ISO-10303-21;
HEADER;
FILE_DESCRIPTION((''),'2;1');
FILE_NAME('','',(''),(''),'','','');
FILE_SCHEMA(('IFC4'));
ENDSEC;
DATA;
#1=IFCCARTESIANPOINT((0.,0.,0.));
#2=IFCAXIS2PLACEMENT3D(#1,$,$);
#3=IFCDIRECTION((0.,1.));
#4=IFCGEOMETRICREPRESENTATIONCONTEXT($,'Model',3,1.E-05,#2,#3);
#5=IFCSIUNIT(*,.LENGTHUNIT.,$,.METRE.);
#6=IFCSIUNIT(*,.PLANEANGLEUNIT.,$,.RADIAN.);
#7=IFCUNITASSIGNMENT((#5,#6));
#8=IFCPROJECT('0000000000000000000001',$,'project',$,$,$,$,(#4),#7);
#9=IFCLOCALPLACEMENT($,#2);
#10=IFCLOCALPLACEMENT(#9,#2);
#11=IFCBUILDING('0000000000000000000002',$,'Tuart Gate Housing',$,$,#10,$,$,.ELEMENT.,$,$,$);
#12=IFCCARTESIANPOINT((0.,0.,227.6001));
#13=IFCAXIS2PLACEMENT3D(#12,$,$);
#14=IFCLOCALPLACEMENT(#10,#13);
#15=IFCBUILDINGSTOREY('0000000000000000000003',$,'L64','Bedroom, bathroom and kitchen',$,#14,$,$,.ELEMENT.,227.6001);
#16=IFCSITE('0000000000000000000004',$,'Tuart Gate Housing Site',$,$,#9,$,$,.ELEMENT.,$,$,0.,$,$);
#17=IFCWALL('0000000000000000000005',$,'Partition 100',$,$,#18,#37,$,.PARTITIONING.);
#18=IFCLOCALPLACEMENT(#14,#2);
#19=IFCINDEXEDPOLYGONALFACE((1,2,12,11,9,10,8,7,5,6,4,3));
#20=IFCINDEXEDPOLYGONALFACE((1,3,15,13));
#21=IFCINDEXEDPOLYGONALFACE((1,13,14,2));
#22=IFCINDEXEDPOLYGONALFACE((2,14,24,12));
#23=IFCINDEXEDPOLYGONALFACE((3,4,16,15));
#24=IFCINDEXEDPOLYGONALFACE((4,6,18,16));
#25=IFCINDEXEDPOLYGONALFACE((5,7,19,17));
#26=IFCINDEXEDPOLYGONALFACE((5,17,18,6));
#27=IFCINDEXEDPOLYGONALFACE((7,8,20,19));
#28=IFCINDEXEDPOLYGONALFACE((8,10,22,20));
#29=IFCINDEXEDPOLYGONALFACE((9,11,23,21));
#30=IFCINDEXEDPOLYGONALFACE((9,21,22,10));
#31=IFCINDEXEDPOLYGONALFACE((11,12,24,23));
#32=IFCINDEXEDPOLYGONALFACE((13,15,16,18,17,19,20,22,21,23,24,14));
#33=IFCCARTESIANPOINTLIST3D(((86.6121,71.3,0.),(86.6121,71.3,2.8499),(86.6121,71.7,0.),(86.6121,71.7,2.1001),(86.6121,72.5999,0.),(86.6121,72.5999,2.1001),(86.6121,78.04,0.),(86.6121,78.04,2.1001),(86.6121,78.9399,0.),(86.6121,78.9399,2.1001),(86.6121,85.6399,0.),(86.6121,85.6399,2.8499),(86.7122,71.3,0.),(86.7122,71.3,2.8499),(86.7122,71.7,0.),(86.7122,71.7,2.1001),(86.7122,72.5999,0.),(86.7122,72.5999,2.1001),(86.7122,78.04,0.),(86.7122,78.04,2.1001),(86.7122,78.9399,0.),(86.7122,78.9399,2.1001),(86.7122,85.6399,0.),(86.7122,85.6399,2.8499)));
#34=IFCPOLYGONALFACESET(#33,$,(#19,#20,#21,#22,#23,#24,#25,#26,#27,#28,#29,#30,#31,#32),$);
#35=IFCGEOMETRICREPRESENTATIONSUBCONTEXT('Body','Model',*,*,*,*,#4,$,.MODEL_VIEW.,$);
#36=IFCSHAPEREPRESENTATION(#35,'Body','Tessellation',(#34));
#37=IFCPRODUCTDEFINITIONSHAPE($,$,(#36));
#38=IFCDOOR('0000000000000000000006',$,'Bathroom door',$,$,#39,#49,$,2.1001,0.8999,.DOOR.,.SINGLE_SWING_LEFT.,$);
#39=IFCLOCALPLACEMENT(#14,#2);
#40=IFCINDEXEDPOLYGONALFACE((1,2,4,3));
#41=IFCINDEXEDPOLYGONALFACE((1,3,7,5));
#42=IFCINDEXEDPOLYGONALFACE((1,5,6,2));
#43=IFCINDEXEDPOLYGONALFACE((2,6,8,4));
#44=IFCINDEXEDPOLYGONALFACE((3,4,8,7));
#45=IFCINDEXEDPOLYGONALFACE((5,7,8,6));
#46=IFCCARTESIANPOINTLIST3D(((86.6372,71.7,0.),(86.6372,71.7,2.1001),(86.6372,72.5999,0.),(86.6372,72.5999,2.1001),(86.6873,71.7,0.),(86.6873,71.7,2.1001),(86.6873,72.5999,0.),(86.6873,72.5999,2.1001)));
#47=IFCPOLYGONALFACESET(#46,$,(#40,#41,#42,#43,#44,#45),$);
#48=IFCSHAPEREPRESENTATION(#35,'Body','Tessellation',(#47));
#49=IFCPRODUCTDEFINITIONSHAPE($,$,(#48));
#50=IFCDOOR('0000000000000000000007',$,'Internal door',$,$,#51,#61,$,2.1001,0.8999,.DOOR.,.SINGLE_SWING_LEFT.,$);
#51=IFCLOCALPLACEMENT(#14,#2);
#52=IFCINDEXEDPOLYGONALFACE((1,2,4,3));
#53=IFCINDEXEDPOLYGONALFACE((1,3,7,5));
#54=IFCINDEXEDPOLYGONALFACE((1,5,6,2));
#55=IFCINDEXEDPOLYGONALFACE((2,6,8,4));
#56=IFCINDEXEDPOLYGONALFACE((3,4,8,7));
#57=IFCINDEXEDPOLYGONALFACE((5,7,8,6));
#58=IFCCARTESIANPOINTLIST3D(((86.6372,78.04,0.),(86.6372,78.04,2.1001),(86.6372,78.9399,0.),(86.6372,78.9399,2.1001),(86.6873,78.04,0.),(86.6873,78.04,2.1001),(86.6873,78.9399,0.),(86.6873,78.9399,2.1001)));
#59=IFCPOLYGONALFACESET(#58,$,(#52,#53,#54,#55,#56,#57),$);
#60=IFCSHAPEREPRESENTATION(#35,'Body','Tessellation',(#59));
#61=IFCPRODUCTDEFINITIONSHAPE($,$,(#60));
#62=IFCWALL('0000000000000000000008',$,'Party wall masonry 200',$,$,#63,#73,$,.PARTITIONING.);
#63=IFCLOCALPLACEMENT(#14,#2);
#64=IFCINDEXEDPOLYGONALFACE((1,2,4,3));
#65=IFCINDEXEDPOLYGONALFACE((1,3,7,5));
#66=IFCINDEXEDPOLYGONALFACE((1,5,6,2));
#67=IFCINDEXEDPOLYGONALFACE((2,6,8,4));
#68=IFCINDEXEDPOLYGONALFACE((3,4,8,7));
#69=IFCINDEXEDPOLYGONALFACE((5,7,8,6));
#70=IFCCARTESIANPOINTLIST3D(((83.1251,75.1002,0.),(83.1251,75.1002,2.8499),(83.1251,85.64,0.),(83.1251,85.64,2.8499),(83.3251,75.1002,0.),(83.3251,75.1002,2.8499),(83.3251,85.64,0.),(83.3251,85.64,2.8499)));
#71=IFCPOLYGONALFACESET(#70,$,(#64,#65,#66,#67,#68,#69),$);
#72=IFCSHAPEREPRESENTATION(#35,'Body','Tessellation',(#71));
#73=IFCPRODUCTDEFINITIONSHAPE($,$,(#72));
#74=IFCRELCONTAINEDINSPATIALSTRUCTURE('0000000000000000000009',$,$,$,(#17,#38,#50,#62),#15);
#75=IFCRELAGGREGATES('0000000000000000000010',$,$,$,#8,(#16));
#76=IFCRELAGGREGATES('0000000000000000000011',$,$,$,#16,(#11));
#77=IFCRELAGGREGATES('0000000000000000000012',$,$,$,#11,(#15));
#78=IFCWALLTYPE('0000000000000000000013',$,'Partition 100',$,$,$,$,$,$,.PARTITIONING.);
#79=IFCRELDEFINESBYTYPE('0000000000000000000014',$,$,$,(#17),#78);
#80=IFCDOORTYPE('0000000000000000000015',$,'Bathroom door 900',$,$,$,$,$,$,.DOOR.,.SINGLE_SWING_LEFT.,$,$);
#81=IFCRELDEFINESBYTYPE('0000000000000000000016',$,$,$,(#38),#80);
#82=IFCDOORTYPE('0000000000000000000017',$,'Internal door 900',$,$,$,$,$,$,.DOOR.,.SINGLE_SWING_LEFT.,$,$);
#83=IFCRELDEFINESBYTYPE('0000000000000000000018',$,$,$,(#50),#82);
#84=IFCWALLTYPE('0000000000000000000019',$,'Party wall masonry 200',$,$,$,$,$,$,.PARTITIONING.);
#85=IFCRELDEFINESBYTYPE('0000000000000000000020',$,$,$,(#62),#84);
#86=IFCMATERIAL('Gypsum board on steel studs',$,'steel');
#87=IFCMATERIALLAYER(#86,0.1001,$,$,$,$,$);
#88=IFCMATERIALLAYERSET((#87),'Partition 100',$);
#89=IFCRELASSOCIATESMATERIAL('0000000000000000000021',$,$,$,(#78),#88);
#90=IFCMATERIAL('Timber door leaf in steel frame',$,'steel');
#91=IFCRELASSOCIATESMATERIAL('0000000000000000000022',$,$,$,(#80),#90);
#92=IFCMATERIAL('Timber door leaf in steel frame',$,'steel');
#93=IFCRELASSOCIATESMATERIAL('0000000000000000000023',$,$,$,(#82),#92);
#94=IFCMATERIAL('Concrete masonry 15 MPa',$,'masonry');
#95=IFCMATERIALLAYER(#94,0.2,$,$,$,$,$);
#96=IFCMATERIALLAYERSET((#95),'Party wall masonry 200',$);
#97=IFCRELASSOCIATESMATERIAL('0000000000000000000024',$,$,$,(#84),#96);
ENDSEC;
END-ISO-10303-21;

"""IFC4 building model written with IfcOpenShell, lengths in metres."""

from ifc_helpers import new_model, si_unit, direction, frame, frame_2d, origin, place, context, subcontext, project, spatial, rectangle, extrude, material, layer, layer_set, type_object, element, fill, save


model = new_model("IFC4")

# Units and contexts
model_context = context("Model", 3, precision=1e-05, world=origin(), true_north=direction((0.0, 1.0)))
body_context = subcontext(model_context, "Body", "Model", "MODEL_VIEW")
ifc_project = project(units=[si_unit("LENGTHUNIT", "METRE"), si_unit("PLANEANGLEUNIT", "RADIAN")], contexts=[model_context])

# Site, building, storey
site_placement = place(None, origin())
site = spatial("IfcSite", under=ifc_project, at=site_placement, Name="Tuart Gate Housing Site", CompositionType="ELEMENT", RefElevation=0.0)
building_placement = place(site_placement, origin())
building = spatial("IfcBuilding", under=site, at=building_placement, Name="Tuart Gate Housing", CompositionType="ELEMENT")
storey_placement = place(building_placement, frame((0.0, 0.0, 227.6001)))
storey = spatial("IfcBuildingStorey", under=building, at=storey_placement, Name="L64", Description="Bedroom, bathroom and kitchen", CompositionType="ELEMENT", Elevation=227.6001)

# Shared definitions
ifc_material_1 = material(Name="Gypsum board on steel studs", Category="steel")
ifc_layer_1 = layer(ifc_material_1, 0.1001)
ifc_layer_set_1 = layer_set([ifc_layer_1], Name="Partition 100")
wall_type_1 = type_object("IfcWallType", Name="Partition 100", PredefinedType="PARTITIONING", material=ifc_layer_set_1)

# Wall, openings, doors
wall_1_placement = place(storey_placement, frame((86.6621, 71.3, 0.0), z_axis=(0.0, 0.0, 1.0), x_axis=(0.0, 1.0, 0.0)))
wall_1 = element("IfcWall", 1, at=wall_1_placement, inside=storey, type_object=wall_type_1, Name="Partition 100", PredefinedType="PARTITIONING", context=body_context, shape_type="SweptSolid", body=[
    extrude(rectangle(XDim=14.3398, YDim=0.1001, at=frame_2d((7.1699, 0.0))), origin(), (0.0, 0.0, 1.0), 2.8499),
])
opening_1_placement = place(wall_1_placement, frame((6.74, 0.0, 0.0)))
opening_1 = element("IfcOpeningElement", 2, at=opening_1_placement, cuts=wall_1, PredefinedType="OPENING", context=body_context, shape_type="SweptSolid", body=[
    extrude(rectangle(XDim=0.8999, YDim=2.1001, at=frame_2d((0.45, 1.05))), frame((0.0, 0.0601, 0.0), z_axis=(0.0, -1.0, 0.0), x_axis=(1.0, 0.0, 0.0)), (0.0, 0.0, 1.0), 0.1201),
])
opening_2_placement = place(wall_1_placement, frame((0.3999, 0.0, 0.0)))
opening_2 = element("IfcOpeningElement", 3, at=opening_2_placement, cuts=wall_1, PredefinedType="OPENING", context=body_context, shape_type="SweptSolid", body=[
    extrude(rectangle(XDim=0.8999, YDim=2.1001, at=frame_2d((0.45, 1.05))), frame((0.0, 0.0601, 0.0), z_axis=(0.0, -1.0, 0.0), x_axis=(1.0, 0.0, 0.0)), (0.0, 0.0, 1.0), 0.1201),
])
ifc_material_2 = material(Name="Timber door leaf in steel frame", Category="steel")
door_type_1 = type_object("IfcDoorType", Name="Bathroom door 900", OperationType="SINGLE_SWING_LEFT", PredefinedType="DOOR", material=ifc_material_2)
door_1_placement = place(opening_2_placement, origin())
door_1 = element("IfcDoor", 4, at=door_1_placement, inside=storey, type_object=door_type_1, Name="Bathroom door", OperationType="SINGLE_SWING_LEFT", OverallHeight=2.1001, OverallWidth=0.8999, PredefinedType="DOOR", context=body_context, shape_type="SweptSolid", body=[
    extrude(rectangle(XDim=0.8999, YDim=2.1001, at=frame_2d((0.45, 1.05))), frame((0.0, 0.0249, 0.0), z_axis=(0.0, -1.0, 0.0), x_axis=(1.0, 0.0, 0.0)), (0.0, 0.0, 1.0), 0.05),
])
fill(opening_2, door_1)
ifc_material_3 = material(Name="Timber door leaf in steel frame", Category="steel")
door_type_2 = type_object("IfcDoorType", Name="Internal door 900", OperationType="SINGLE_SWING_LEFT", PredefinedType="DOOR", material=ifc_material_3)
door_2_placement = place(opening_1_placement, origin())
door_2 = element("IfcDoor", 5, at=door_2_placement, inside=storey, type_object=door_type_2, Name="Internal door", OperationType="SINGLE_SWING_LEFT", OverallHeight=2.1001, OverallWidth=0.8999, PredefinedType="DOOR", context=body_context, shape_type="SweptSolid", body=[
    extrude(rectangle(XDim=0.8999, YDim=2.1001, at=frame_2d((0.45, 1.05))), frame((0.0, 0.0249, 0.0), z_axis=(0.0, -1.0, 0.0), x_axis=(1.0, 0.0, 0.0)), (0.0, 0.0, 1.0), 0.05),
])
fill(opening_1, door_2)

# Wall
ifc_material_4 = material(Name="Concrete masonry 15 MPa", Category="masonry")
ifc_layer_2 = layer(ifc_material_4, 0.2)
ifc_layer_set_2 = layer_set([ifc_layer_2], Name="Party wall masonry 200")
wall_type_2 = type_object("IfcWallType", Name="Party wall masonry 200", PredefinedType="PARTITIONING", material=ifc_layer_set_2)
wall_2_placement = place(storey_placement, frame((83.2251, 75.1001, 0.0), z_axis=(0.0, 0.0, 1.0), x_axis=(0.0, 1.0, 0.0)))
element("IfcWall", 6, at=wall_2_placement, inside=storey, type_object=wall_type_2, Name="Party wall masonry 200", PredefinedType="PARTITIONING", context=body_context, shape_type="SweptSolid", body=[
    extrude(rectangle(XDim=10.5398, YDim=0.2, at=frame_2d((5.27, 0.0))), origin(), (0.0, 0.0, 1.0), 2.8499),
])

save(model, "model.ifc")
